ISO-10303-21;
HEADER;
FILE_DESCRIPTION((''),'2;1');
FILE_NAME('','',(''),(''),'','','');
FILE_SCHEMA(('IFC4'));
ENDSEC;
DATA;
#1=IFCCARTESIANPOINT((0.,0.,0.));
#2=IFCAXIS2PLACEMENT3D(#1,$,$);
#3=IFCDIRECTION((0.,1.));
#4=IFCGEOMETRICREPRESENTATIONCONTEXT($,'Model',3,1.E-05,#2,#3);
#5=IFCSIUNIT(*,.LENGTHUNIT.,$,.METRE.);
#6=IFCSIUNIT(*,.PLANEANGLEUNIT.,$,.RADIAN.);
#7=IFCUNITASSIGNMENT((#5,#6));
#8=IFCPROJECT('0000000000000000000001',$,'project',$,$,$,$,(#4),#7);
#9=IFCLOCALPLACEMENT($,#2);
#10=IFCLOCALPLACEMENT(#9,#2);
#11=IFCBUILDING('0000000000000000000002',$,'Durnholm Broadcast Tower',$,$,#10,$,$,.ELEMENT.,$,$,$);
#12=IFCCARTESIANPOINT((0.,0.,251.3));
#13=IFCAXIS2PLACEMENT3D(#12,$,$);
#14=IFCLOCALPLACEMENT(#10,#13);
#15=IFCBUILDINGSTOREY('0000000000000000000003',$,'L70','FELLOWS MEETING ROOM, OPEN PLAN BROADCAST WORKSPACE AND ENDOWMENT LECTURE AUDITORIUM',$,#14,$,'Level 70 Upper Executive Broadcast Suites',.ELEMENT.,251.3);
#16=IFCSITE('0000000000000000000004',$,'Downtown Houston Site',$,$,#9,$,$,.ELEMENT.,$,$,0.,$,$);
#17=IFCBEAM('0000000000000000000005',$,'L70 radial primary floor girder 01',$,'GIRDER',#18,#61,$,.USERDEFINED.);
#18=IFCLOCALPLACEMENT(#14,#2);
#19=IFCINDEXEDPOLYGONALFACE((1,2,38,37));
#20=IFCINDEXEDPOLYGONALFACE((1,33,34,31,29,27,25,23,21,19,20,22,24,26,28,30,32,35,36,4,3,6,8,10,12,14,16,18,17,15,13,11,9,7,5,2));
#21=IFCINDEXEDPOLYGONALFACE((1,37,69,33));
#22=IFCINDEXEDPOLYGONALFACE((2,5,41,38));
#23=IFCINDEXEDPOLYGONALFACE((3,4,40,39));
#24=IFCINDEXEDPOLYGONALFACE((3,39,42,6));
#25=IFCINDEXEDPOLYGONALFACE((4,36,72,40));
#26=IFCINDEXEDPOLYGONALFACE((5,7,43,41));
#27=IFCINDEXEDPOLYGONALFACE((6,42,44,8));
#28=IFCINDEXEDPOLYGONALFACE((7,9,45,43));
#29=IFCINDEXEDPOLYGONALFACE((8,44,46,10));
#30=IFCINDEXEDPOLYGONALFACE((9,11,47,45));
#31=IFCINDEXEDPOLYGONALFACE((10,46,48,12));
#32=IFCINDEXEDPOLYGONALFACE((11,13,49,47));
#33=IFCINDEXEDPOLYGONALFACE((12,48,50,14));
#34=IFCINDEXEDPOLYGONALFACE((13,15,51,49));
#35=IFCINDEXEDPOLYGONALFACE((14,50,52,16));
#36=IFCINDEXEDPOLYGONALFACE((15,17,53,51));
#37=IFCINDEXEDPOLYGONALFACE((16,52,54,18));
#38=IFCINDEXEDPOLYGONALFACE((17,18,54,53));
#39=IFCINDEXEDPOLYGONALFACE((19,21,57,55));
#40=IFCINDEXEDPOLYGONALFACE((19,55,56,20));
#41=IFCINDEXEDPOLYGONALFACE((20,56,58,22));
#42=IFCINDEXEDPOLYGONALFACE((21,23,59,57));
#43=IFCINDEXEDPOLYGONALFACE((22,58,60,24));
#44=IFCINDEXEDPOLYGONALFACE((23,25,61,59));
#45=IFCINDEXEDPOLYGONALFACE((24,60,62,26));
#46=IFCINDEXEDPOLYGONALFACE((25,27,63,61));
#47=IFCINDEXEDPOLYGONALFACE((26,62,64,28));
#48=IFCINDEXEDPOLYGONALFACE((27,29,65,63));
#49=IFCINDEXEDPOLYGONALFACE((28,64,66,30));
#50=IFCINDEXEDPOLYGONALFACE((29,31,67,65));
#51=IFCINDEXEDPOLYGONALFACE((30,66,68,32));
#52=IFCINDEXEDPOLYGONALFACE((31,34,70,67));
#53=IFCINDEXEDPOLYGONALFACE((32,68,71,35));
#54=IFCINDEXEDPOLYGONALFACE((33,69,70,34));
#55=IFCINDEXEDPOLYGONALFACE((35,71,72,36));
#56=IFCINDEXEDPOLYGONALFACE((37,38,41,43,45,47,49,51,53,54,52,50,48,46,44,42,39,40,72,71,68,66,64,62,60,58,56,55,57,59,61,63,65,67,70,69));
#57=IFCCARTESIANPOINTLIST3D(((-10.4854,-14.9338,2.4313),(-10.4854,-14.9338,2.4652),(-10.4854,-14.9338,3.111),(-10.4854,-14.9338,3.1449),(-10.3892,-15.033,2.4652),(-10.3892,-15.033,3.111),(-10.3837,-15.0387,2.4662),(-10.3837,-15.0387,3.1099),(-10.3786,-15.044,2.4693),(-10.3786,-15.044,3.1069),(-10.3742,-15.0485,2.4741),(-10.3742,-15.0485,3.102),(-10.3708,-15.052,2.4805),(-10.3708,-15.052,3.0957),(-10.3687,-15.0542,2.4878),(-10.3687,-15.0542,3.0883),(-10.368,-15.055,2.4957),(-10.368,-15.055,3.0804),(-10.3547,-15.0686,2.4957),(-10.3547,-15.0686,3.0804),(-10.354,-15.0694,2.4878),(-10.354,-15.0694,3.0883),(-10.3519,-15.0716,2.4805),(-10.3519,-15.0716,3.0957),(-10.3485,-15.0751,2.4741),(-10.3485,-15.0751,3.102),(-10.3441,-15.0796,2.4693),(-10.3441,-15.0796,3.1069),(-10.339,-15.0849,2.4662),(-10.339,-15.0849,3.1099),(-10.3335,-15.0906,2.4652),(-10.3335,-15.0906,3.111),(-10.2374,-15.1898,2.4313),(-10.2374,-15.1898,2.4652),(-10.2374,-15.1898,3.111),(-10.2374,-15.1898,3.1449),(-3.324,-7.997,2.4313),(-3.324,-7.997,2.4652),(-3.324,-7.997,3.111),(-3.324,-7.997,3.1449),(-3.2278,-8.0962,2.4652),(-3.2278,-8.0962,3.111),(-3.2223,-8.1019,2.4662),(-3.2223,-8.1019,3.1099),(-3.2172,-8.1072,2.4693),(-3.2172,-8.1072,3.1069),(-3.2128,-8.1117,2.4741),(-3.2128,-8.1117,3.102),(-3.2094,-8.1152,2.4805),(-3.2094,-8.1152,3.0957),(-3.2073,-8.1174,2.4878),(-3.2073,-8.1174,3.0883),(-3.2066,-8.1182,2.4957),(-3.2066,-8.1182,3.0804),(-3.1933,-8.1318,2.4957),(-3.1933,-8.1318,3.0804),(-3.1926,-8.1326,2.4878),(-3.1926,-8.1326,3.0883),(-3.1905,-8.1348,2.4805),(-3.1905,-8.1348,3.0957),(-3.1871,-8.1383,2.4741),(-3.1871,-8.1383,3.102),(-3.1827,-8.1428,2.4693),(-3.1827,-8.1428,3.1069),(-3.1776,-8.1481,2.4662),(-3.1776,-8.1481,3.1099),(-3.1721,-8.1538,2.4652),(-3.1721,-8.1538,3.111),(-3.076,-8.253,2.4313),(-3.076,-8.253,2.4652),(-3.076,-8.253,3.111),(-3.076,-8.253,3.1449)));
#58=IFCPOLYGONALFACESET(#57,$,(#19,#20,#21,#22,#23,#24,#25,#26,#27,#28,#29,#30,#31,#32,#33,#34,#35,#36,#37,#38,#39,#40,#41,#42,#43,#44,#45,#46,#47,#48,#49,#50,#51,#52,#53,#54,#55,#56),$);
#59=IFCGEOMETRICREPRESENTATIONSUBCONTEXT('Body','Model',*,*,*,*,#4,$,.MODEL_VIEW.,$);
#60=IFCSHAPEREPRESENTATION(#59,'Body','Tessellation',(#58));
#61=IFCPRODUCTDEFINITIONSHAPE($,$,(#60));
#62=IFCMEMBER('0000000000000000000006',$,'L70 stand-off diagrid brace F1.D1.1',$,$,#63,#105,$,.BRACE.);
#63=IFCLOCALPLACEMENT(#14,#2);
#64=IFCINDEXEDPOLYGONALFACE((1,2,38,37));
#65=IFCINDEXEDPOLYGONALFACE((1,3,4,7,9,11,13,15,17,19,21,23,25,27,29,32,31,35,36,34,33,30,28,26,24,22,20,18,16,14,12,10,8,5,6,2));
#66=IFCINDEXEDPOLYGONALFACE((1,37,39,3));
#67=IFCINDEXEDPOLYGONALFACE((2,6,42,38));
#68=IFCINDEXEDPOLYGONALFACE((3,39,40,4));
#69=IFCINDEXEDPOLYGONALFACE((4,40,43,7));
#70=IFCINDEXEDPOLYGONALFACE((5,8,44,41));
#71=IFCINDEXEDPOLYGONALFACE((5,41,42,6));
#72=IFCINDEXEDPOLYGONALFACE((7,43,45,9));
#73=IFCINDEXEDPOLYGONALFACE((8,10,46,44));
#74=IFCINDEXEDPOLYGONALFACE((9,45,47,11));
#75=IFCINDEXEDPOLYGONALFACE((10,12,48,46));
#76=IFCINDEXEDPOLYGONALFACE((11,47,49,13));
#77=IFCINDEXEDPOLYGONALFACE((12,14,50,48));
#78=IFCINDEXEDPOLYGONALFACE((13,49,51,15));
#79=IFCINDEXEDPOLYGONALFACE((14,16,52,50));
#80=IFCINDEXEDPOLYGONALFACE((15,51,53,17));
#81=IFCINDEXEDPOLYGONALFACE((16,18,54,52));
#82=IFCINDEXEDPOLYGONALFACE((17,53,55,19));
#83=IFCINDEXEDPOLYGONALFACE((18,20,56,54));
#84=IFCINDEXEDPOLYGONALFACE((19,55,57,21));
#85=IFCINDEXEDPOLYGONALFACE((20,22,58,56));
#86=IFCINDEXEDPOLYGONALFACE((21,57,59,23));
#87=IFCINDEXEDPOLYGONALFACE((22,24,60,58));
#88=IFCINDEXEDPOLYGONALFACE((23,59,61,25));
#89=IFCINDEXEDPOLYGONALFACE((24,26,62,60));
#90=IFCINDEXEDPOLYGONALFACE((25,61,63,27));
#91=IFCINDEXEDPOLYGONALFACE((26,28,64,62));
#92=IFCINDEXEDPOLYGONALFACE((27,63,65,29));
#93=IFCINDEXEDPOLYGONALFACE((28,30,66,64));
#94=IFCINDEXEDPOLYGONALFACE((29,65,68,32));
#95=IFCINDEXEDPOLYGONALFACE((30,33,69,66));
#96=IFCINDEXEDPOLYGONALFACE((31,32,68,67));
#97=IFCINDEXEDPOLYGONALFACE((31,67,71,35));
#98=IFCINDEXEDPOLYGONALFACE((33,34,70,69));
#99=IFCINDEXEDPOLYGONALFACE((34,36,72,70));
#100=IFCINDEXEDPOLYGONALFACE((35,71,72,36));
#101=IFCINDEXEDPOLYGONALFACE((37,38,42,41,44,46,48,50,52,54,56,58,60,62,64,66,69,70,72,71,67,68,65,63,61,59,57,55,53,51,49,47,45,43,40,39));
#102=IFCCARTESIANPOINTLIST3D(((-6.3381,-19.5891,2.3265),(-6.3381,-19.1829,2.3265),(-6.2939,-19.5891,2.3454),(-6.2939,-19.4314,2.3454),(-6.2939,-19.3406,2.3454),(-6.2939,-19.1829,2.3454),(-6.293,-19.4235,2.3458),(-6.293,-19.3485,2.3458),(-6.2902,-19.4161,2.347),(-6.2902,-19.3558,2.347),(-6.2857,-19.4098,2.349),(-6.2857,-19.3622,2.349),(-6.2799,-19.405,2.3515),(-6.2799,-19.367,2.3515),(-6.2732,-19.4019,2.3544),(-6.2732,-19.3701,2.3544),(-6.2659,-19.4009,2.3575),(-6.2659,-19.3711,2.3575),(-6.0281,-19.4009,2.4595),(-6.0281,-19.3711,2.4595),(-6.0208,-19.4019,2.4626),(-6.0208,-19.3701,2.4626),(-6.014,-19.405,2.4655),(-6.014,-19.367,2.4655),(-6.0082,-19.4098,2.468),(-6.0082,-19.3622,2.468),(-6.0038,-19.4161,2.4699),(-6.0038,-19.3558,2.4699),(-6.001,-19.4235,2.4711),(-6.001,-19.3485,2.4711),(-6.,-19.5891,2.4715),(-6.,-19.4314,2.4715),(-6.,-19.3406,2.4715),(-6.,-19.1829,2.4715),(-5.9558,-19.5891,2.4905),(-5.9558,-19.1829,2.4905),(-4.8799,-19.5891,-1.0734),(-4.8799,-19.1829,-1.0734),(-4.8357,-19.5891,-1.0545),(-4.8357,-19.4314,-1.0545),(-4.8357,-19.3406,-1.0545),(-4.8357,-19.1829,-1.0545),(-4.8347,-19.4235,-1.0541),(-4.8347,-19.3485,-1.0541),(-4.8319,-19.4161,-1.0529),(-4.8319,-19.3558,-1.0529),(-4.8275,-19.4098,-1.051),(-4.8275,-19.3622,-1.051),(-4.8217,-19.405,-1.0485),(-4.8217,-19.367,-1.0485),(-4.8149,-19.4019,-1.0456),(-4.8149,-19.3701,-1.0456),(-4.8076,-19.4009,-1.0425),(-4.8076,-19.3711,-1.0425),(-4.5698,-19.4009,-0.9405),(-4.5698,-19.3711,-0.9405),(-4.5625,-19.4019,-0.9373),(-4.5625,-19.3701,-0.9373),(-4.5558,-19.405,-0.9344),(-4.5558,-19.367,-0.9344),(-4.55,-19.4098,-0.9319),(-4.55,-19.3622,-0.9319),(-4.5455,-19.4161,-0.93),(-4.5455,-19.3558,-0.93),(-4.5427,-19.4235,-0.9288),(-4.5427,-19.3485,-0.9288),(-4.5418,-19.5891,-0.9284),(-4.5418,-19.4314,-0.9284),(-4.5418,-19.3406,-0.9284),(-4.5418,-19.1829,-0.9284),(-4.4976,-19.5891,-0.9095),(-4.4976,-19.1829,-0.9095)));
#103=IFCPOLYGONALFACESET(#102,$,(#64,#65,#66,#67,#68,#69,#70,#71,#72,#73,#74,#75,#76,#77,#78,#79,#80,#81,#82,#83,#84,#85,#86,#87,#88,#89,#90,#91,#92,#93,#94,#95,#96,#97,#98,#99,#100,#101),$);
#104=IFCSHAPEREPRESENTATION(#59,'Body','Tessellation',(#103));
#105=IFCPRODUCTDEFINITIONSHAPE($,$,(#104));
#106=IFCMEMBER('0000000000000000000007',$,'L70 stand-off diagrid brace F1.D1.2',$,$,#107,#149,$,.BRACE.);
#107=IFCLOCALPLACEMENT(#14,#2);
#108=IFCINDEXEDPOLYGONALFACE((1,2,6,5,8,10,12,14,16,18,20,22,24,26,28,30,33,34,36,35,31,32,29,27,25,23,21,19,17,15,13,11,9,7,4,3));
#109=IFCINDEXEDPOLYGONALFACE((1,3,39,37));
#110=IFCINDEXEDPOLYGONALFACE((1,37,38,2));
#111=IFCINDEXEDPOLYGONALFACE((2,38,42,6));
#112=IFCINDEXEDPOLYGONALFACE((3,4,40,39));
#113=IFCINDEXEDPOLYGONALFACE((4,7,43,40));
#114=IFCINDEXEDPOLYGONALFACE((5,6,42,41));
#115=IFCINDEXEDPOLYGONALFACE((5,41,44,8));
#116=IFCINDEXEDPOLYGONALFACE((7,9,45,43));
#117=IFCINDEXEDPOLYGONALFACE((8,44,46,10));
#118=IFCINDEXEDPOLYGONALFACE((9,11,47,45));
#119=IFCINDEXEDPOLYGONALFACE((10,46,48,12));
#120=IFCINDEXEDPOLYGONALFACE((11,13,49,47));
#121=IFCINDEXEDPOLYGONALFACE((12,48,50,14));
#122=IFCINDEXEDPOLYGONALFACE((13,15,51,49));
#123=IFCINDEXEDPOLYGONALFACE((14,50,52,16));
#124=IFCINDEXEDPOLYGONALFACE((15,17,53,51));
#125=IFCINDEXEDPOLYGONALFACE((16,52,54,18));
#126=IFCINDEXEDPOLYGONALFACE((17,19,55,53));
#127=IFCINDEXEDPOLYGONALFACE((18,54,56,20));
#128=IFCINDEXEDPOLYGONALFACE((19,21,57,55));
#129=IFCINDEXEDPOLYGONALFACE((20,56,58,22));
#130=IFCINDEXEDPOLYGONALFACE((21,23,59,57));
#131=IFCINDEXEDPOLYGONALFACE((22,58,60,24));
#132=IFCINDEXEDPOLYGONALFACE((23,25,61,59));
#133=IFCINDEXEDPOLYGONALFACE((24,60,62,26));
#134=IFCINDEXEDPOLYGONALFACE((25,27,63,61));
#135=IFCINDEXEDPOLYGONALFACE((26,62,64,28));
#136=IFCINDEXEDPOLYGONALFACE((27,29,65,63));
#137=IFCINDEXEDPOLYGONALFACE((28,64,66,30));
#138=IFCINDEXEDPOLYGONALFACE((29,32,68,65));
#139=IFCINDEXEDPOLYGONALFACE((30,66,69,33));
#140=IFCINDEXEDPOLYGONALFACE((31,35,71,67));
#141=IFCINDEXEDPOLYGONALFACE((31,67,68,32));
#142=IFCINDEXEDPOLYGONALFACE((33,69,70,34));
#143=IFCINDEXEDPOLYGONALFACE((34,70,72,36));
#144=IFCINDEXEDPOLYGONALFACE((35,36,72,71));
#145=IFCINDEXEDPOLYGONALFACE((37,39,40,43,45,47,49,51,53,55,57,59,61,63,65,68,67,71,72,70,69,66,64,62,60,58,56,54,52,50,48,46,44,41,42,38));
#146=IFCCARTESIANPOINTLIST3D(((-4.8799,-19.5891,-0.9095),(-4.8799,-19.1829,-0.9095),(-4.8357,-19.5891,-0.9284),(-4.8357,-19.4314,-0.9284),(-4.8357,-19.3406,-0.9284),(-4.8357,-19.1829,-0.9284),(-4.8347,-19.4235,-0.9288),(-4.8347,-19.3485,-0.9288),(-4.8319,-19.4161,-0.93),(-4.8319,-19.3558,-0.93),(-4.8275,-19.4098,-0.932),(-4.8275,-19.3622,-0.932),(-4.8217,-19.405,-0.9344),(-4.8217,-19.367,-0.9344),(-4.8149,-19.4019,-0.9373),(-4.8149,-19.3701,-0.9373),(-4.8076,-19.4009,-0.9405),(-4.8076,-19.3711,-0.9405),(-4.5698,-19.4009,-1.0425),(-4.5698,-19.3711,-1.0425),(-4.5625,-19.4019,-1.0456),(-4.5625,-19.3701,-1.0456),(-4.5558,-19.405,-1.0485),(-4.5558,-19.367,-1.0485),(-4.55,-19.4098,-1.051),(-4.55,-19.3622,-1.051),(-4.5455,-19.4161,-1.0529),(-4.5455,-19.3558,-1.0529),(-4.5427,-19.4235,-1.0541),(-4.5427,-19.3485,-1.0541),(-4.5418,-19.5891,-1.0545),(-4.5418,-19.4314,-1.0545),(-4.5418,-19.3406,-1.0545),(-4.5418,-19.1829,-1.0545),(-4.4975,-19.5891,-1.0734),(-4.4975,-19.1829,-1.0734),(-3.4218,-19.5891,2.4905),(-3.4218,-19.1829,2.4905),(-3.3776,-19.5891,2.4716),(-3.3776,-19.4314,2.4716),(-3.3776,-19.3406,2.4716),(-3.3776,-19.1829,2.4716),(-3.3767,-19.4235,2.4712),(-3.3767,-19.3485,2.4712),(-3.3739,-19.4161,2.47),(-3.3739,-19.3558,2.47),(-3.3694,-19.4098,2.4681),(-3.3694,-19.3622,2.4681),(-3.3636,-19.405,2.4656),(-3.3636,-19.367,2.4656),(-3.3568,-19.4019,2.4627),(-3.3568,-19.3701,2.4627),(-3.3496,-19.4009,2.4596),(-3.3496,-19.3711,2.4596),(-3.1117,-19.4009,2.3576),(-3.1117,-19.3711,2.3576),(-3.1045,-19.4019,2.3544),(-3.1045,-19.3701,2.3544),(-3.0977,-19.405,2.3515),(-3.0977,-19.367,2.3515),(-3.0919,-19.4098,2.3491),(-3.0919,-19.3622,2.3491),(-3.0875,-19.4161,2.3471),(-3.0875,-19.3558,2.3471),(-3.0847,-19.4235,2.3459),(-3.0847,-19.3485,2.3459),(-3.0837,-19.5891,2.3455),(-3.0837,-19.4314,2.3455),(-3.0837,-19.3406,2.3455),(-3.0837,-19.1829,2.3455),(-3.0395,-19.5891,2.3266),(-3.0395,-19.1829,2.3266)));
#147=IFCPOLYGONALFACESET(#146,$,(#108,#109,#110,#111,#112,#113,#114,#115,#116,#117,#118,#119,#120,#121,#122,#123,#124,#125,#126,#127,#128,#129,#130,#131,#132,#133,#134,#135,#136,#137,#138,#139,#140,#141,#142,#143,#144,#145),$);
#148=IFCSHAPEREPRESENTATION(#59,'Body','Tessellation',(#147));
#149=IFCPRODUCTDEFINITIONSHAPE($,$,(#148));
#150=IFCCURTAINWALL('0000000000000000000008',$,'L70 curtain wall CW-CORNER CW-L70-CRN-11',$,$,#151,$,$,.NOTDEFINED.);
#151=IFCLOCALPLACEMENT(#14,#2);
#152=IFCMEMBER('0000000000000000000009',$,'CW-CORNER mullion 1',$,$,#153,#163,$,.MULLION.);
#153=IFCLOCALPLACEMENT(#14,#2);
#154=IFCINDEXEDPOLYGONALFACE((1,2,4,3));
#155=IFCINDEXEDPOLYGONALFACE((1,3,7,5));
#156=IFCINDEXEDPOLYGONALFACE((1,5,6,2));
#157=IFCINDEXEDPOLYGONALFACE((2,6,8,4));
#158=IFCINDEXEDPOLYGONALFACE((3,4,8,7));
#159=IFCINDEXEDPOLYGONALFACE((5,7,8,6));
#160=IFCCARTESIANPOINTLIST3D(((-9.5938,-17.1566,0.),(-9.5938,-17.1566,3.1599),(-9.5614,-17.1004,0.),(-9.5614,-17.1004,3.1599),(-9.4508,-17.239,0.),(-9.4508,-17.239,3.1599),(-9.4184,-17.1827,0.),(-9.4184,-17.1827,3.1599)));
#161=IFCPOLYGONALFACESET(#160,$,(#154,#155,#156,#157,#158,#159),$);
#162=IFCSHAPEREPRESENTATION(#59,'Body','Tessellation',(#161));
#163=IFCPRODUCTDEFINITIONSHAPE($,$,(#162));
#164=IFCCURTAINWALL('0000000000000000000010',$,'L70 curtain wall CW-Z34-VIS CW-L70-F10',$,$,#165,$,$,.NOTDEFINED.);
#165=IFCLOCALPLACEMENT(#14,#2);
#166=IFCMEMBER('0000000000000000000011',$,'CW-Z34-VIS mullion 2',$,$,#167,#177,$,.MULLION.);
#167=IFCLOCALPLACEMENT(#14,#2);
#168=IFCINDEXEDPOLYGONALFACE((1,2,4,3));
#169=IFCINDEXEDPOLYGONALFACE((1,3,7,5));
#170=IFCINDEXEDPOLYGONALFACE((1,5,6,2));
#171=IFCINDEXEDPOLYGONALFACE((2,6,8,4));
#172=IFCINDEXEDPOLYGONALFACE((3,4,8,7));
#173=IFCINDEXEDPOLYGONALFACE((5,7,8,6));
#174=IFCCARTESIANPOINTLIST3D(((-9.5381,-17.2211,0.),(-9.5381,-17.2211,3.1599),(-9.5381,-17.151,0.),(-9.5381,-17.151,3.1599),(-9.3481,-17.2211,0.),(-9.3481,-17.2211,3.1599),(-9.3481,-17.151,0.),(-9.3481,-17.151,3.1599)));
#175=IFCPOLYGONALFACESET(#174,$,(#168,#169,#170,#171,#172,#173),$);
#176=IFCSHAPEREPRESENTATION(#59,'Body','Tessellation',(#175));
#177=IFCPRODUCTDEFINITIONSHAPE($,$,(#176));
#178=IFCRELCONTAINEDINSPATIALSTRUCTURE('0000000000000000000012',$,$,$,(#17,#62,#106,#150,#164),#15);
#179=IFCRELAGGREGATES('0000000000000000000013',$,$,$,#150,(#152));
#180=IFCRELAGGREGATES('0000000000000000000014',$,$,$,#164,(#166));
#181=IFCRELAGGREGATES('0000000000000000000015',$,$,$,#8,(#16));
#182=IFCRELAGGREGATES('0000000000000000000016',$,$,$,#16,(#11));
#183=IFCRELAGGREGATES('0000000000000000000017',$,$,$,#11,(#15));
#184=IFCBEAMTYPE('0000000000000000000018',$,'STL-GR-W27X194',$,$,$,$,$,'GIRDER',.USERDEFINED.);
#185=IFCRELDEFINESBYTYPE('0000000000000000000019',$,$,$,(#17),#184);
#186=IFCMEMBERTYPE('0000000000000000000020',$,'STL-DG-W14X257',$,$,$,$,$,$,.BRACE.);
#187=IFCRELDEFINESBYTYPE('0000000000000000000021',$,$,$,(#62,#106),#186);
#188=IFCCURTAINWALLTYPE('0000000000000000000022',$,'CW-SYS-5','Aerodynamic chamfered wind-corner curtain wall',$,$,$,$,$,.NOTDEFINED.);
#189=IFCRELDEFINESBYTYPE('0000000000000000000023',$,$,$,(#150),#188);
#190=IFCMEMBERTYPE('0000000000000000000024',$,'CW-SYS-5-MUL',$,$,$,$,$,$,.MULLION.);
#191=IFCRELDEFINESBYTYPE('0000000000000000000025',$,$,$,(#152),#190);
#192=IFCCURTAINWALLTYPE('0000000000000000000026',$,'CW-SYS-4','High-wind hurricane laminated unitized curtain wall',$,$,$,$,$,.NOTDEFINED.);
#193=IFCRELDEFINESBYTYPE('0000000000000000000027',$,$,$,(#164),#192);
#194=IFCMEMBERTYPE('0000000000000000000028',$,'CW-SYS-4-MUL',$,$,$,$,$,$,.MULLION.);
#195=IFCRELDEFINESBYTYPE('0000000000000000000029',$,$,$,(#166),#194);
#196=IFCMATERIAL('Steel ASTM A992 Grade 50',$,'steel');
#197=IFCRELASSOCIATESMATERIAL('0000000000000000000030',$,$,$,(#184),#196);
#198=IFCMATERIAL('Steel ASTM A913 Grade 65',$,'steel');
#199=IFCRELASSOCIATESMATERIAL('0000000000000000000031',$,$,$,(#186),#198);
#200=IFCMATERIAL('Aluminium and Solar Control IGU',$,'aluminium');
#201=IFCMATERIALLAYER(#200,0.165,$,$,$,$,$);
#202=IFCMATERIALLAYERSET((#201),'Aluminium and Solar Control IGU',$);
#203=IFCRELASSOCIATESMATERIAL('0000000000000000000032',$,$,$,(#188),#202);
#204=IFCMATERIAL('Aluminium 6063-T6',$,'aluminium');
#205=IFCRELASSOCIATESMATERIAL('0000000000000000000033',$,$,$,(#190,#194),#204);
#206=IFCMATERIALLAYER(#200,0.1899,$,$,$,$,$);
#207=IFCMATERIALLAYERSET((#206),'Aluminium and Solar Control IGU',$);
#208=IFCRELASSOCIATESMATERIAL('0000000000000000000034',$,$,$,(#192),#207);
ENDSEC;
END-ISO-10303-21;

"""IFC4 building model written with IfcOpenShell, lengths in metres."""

from ifc_helpers import new_model, si_unit, direction, frame, origin, origin_2d, place, context, subcontext, project, spatial, rectangle, i_section, extrude, source, transform, mapped, material, layer, layer_set, material_profile, profile_set, type_object, type_shapes, element, aggregate, save


model = new_model("IFC4")

# Units and contexts
model_context = context("Model", 3, precision=1e-05, world=origin(), true_north=direction((0.0, 1.0)))
body_context = subcontext(model_context, "Body", "Model", "MODEL_VIEW")
ifc_project = project(units=[si_unit("LENGTHUNIT", "METRE"), si_unit("PLANEANGLEUNIT", "RADIAN")], contexts=[model_context])

# Site, building, storey
site_placement = place(None, origin())
site = spatial("IfcSite", under=ifc_project, at=site_placement, Name="Downtown Houston Site", CompositionType="ELEMENT", RefElevation=0.0)
building_placement = place(site_placement, origin())
building = spatial("IfcBuilding", under=site, at=building_placement, Name="Durnholm Broadcast Tower", CompositionType="ELEMENT")
storey_placement = place(building_placement, frame((0.0, 0.0, 251.3)))
storey = spatial("IfcBuildingStorey", under=building, at=storey_placement, Name="L70", Description="FELLOWS MEETING ROOM, OPEN PLAN BROADCAST WORKSPACE AND ENDOWMENT LECTURE AUDITORIUM", LongName="Level 70 Upper Executive Broadcast Suites", CompositionType="ELEMENT", Elevation=251.3)

# Beam
ifc_material_1 = material(Name="Steel ASTM A992 Grade 50", Category="steel")
ifc_material_profile_1 = material_profile(ifc_material_1, i_section(OverallWidth=0.3564, OverallDepth=0.7136, WebThickness=0.019, FlangeThickness=0.0339, FilletRadius=0.0305, at=origin_2d()), Name="W27X194")
ifc_profile_set_1 = profile_set([ifc_material_profile_1], Name="Steel ASTM A992 Grade 50")
beam_type_1 = type_object("IfcBeamType", Name="STL-GR-W27X194", ElementType="GIRDER", PredefinedType="USERDEFINED", material=ifc_profile_set_1)
shared_shape_1 = source(origin(), body_context, "Body", "SweptSolid", [
    extrude(i_section(OverallWidth=0.3564, OverallDepth=0.7136, WebThickness=0.019, FlangeThickness=0.0339, FilletRadius=0.0305, at=origin_2d()), origin(), (0.0, 0.0, 1.0), 9.9702),
])
type_shapes(beam_type_1, [shared_shape_1])
beam_1_placement = place(storey_placement, frame((-3.2, -8.125, 2.7881), z_axis=(-0.718281, -0.695753, 0.0), x_axis=(0.695753, -0.718281, 0.0)))
element("IfcBeam", 1, at=beam_1_placement, inside=storey, type_object=beam_type_1, Name="L70 radial primary floor girder 01", ObjectType="GIRDER", PredefinedType="USERDEFINED", context=body_context, shape_type="MappedRepresentation", body=[
    mapped(shared_shape_1, transform((0.0, 0.0, 0.0), x_axis=(1.0, 0.0, 0.0), y_axis=(0.0, 1.0, 0.0), z_axis=(0.0, 0.0, 1.0), scale=1.0)),
])

# Members
ifc_material_2 = material(Name="Steel ASTM A913 Grade 65", Category="steel")
ifc_material_profile_2 = material_profile(ifc_material_2, i_section(OverallWidth=0.4062, OverallDepth=0.416, WebThickness=0.0298, FlangeThickness=0.0481, FilletRadius=0.0305, at=origin_2d()), Name="W14X257")
ifc_profile_set_2 = profile_set([ifc_material_profile_2], Name="Steel ASTM A913 Grade 65")
member_type_1 = type_object("IfcMemberType", Name="STL-DG-W14X257", PredefinedType="BRACE", material=ifc_profile_set_2)
shared_shape_2 = source(origin(), body_context, "Body", "SweptSolid", [
    extrude(i_section(OverallWidth=0.4062, OverallDepth=0.416, WebThickness=0.0298, FlangeThickness=0.0481, FilletRadius=0.0305, at=origin_2d()), origin(), (0.0, 0.0, 1.0), 3.6995),
])
type_shapes(member_type_1, [shared_shape_2])
for number, where, z_axis, x_axis, name in (
    (2, (-4.6887, -19.386, -0.9915), (-0.394182, 0.0, 0.919032), (0.0, -1.0, 0.0), "L70 stand-off diagrid brace F1.D1.1"),
    (3, (-4.6887, -19.386, -0.9915), (0.394126, 0.0, 0.919056), (0.0, 1.0, 0.0), "L70 stand-off diagrid brace F1.D1.2"),
):
    element("IfcMember", number, at=place(storey_placement, frame(where, z_axis=z_axis, x_axis=x_axis)), inside=storey, type_object=member_type_1, Name=name, PredefinedType="BRACE", context=body_context, shape_type="MappedRepresentation", body=[
        mapped(shared_shape_2, transform((0.0, 0.0, 0.0), x_axis=(1.0, 0.0, 0.0), y_axis=(0.0, 1.0, 0.0), z_axis=(0.0, 0.0, 1.0), scale=1.0)),
    ])

# Curtain wall, member
ifc_material_3 = material(Name="Aluminium and Solar Control IGU", Category="aluminium")
ifc_layer_1 = layer(ifc_material_3, 0.165)
ifc_layer_set_1 = layer_set([ifc_layer_1], Name="Aluminium and Solar Control IGU")
curtain_wall_type_1 = type_object("IfcCurtainWallType", Name="CW-SYS-5", Description="Aerodynamic chamfered wind-corner curtain wall", PredefinedType="NOTDEFINED", material=ifc_layer_set_1)
curtain_wall_1_placement = place(storey_placement, origin())
curtain_wall_1 = element("IfcCurtainWall", 4, at=curtain_wall_1_placement, inside=storey, type_object=curtain_wall_type_1, Name="L70 curtain wall CW-CORNER CW-L70-CRN-11", PredefinedType="NOTDEFINED")
ifc_material_4 = material(Name="Aluminium 6063-T6", Category="aluminium")
ifc_material_profile_3 = material_profile(ifc_material_4, rectangle(XDim=0.0649, YDim=0.165, at=origin_2d()), Name="CWM65X165")
ifc_profile_set_3 = profile_set([ifc_material_profile_3], Name="Aluminium 6063-T6")
member_type_2 = type_object("IfcMemberType", Name="CW-SYS-5-MUL", PredefinedType="MULLION", material=ifc_profile_set_3)
shared_shape_3 = source(origin(), body_context, "Body", "SweptSolid", [
    extrude(rectangle(XDim=0.0649, YDim=0.165, at=origin_2d()), origin(), (0.0, 0.0, 1.0), 3.1599),
])
type_shapes(member_type_2, [shared_shape_3])
member_1_placement = place(storey_placement, frame((-9.5061, -17.1697, 0.0), z_axis=(0.0, 0.0, 1.0), x_axis=(-0.499059, -0.866568, 0.0)))
member_1 = element("IfcMember", 5, at=member_1_placement, type_object=member_type_2, Name="CW-CORNER mullion 1", PredefinedType="MULLION", context=body_context, shape_type="MappedRepresentation", body=[
    mapped(shared_shape_3, transform((0.0, 0.0, 0.0), x_axis=(1.0, 0.0, 0.0), y_axis=(0.0, 1.0, 0.0), z_axis=(0.0, 0.0, 1.0), scale=1.0)),
])
aggregate(curtain_wall_1, [member_1])

# Curtain wall, member
ifc_layer_2 = layer(ifc_material_3, 0.1899)
ifc_layer_set_2 = layer_set([ifc_layer_2], Name="Aluminium and Solar Control IGU")
curtain_wall_type_2 = type_object("IfcCurtainWallType", Name="CW-SYS-4", Description="High-wind hurricane laminated unitized curtain wall", PredefinedType="NOTDEFINED", material=ifc_layer_set_2)
curtain_wall_2_placement = place(storey_placement, origin())
curtain_wall_2 = element("IfcCurtainWall", 6, at=curtain_wall_2_placement, inside=storey, type_object=curtain_wall_type_2, Name="L70 curtain wall CW-Z34-VIS CW-L70-F10", PredefinedType="NOTDEFINED")
ifc_material_profile_4 = material_profile(ifc_material_4, rectangle(XDim=0.0701, YDim=0.1899, at=origin_2d()), Name="CWM70X190")
ifc_profile_set_4 = profile_set([ifc_material_profile_4], Name="Aluminium 6063-T6")
member_type_3 = type_object("IfcMemberType", Name="CW-SYS-4-MUL", PredefinedType="MULLION", material=ifc_profile_set_4)
shared_shape_4 = source(origin(), body_context, "Body", "SweptSolid", [
    extrude(rectangle(XDim=0.0701, YDim=0.1899, at=origin_2d()), origin(), (0.0, 0.0, 1.0), 3.1599),
])
type_shapes(member_type_3, [shared_shape_4])
member_2_placement = place(storey_placement, frame((-9.4431, -17.186, 0.0), z_axis=(0.0, 0.0, 1.0), x_axis=(0.0, -1.0, 0.0)))
member_2 = element("IfcMember", 7, at=member_2_placement, type_object=member_type_3, Name="CW-Z34-VIS mullion 2", PredefinedType="MULLION", context=body_context, shape_type="MappedRepresentation", body=[
    mapped(shared_shape_4, transform((0.0, 0.0, 0.0), x_axis=(1.0, 0.0, 0.0), y_axis=(0.0, 1.0, 0.0), z_axis=(0.0, 0.0, 1.0), scale=1.0)),
])
aggregate(curtain_wall_2, [member_2])

save(model, "model.ifc")
